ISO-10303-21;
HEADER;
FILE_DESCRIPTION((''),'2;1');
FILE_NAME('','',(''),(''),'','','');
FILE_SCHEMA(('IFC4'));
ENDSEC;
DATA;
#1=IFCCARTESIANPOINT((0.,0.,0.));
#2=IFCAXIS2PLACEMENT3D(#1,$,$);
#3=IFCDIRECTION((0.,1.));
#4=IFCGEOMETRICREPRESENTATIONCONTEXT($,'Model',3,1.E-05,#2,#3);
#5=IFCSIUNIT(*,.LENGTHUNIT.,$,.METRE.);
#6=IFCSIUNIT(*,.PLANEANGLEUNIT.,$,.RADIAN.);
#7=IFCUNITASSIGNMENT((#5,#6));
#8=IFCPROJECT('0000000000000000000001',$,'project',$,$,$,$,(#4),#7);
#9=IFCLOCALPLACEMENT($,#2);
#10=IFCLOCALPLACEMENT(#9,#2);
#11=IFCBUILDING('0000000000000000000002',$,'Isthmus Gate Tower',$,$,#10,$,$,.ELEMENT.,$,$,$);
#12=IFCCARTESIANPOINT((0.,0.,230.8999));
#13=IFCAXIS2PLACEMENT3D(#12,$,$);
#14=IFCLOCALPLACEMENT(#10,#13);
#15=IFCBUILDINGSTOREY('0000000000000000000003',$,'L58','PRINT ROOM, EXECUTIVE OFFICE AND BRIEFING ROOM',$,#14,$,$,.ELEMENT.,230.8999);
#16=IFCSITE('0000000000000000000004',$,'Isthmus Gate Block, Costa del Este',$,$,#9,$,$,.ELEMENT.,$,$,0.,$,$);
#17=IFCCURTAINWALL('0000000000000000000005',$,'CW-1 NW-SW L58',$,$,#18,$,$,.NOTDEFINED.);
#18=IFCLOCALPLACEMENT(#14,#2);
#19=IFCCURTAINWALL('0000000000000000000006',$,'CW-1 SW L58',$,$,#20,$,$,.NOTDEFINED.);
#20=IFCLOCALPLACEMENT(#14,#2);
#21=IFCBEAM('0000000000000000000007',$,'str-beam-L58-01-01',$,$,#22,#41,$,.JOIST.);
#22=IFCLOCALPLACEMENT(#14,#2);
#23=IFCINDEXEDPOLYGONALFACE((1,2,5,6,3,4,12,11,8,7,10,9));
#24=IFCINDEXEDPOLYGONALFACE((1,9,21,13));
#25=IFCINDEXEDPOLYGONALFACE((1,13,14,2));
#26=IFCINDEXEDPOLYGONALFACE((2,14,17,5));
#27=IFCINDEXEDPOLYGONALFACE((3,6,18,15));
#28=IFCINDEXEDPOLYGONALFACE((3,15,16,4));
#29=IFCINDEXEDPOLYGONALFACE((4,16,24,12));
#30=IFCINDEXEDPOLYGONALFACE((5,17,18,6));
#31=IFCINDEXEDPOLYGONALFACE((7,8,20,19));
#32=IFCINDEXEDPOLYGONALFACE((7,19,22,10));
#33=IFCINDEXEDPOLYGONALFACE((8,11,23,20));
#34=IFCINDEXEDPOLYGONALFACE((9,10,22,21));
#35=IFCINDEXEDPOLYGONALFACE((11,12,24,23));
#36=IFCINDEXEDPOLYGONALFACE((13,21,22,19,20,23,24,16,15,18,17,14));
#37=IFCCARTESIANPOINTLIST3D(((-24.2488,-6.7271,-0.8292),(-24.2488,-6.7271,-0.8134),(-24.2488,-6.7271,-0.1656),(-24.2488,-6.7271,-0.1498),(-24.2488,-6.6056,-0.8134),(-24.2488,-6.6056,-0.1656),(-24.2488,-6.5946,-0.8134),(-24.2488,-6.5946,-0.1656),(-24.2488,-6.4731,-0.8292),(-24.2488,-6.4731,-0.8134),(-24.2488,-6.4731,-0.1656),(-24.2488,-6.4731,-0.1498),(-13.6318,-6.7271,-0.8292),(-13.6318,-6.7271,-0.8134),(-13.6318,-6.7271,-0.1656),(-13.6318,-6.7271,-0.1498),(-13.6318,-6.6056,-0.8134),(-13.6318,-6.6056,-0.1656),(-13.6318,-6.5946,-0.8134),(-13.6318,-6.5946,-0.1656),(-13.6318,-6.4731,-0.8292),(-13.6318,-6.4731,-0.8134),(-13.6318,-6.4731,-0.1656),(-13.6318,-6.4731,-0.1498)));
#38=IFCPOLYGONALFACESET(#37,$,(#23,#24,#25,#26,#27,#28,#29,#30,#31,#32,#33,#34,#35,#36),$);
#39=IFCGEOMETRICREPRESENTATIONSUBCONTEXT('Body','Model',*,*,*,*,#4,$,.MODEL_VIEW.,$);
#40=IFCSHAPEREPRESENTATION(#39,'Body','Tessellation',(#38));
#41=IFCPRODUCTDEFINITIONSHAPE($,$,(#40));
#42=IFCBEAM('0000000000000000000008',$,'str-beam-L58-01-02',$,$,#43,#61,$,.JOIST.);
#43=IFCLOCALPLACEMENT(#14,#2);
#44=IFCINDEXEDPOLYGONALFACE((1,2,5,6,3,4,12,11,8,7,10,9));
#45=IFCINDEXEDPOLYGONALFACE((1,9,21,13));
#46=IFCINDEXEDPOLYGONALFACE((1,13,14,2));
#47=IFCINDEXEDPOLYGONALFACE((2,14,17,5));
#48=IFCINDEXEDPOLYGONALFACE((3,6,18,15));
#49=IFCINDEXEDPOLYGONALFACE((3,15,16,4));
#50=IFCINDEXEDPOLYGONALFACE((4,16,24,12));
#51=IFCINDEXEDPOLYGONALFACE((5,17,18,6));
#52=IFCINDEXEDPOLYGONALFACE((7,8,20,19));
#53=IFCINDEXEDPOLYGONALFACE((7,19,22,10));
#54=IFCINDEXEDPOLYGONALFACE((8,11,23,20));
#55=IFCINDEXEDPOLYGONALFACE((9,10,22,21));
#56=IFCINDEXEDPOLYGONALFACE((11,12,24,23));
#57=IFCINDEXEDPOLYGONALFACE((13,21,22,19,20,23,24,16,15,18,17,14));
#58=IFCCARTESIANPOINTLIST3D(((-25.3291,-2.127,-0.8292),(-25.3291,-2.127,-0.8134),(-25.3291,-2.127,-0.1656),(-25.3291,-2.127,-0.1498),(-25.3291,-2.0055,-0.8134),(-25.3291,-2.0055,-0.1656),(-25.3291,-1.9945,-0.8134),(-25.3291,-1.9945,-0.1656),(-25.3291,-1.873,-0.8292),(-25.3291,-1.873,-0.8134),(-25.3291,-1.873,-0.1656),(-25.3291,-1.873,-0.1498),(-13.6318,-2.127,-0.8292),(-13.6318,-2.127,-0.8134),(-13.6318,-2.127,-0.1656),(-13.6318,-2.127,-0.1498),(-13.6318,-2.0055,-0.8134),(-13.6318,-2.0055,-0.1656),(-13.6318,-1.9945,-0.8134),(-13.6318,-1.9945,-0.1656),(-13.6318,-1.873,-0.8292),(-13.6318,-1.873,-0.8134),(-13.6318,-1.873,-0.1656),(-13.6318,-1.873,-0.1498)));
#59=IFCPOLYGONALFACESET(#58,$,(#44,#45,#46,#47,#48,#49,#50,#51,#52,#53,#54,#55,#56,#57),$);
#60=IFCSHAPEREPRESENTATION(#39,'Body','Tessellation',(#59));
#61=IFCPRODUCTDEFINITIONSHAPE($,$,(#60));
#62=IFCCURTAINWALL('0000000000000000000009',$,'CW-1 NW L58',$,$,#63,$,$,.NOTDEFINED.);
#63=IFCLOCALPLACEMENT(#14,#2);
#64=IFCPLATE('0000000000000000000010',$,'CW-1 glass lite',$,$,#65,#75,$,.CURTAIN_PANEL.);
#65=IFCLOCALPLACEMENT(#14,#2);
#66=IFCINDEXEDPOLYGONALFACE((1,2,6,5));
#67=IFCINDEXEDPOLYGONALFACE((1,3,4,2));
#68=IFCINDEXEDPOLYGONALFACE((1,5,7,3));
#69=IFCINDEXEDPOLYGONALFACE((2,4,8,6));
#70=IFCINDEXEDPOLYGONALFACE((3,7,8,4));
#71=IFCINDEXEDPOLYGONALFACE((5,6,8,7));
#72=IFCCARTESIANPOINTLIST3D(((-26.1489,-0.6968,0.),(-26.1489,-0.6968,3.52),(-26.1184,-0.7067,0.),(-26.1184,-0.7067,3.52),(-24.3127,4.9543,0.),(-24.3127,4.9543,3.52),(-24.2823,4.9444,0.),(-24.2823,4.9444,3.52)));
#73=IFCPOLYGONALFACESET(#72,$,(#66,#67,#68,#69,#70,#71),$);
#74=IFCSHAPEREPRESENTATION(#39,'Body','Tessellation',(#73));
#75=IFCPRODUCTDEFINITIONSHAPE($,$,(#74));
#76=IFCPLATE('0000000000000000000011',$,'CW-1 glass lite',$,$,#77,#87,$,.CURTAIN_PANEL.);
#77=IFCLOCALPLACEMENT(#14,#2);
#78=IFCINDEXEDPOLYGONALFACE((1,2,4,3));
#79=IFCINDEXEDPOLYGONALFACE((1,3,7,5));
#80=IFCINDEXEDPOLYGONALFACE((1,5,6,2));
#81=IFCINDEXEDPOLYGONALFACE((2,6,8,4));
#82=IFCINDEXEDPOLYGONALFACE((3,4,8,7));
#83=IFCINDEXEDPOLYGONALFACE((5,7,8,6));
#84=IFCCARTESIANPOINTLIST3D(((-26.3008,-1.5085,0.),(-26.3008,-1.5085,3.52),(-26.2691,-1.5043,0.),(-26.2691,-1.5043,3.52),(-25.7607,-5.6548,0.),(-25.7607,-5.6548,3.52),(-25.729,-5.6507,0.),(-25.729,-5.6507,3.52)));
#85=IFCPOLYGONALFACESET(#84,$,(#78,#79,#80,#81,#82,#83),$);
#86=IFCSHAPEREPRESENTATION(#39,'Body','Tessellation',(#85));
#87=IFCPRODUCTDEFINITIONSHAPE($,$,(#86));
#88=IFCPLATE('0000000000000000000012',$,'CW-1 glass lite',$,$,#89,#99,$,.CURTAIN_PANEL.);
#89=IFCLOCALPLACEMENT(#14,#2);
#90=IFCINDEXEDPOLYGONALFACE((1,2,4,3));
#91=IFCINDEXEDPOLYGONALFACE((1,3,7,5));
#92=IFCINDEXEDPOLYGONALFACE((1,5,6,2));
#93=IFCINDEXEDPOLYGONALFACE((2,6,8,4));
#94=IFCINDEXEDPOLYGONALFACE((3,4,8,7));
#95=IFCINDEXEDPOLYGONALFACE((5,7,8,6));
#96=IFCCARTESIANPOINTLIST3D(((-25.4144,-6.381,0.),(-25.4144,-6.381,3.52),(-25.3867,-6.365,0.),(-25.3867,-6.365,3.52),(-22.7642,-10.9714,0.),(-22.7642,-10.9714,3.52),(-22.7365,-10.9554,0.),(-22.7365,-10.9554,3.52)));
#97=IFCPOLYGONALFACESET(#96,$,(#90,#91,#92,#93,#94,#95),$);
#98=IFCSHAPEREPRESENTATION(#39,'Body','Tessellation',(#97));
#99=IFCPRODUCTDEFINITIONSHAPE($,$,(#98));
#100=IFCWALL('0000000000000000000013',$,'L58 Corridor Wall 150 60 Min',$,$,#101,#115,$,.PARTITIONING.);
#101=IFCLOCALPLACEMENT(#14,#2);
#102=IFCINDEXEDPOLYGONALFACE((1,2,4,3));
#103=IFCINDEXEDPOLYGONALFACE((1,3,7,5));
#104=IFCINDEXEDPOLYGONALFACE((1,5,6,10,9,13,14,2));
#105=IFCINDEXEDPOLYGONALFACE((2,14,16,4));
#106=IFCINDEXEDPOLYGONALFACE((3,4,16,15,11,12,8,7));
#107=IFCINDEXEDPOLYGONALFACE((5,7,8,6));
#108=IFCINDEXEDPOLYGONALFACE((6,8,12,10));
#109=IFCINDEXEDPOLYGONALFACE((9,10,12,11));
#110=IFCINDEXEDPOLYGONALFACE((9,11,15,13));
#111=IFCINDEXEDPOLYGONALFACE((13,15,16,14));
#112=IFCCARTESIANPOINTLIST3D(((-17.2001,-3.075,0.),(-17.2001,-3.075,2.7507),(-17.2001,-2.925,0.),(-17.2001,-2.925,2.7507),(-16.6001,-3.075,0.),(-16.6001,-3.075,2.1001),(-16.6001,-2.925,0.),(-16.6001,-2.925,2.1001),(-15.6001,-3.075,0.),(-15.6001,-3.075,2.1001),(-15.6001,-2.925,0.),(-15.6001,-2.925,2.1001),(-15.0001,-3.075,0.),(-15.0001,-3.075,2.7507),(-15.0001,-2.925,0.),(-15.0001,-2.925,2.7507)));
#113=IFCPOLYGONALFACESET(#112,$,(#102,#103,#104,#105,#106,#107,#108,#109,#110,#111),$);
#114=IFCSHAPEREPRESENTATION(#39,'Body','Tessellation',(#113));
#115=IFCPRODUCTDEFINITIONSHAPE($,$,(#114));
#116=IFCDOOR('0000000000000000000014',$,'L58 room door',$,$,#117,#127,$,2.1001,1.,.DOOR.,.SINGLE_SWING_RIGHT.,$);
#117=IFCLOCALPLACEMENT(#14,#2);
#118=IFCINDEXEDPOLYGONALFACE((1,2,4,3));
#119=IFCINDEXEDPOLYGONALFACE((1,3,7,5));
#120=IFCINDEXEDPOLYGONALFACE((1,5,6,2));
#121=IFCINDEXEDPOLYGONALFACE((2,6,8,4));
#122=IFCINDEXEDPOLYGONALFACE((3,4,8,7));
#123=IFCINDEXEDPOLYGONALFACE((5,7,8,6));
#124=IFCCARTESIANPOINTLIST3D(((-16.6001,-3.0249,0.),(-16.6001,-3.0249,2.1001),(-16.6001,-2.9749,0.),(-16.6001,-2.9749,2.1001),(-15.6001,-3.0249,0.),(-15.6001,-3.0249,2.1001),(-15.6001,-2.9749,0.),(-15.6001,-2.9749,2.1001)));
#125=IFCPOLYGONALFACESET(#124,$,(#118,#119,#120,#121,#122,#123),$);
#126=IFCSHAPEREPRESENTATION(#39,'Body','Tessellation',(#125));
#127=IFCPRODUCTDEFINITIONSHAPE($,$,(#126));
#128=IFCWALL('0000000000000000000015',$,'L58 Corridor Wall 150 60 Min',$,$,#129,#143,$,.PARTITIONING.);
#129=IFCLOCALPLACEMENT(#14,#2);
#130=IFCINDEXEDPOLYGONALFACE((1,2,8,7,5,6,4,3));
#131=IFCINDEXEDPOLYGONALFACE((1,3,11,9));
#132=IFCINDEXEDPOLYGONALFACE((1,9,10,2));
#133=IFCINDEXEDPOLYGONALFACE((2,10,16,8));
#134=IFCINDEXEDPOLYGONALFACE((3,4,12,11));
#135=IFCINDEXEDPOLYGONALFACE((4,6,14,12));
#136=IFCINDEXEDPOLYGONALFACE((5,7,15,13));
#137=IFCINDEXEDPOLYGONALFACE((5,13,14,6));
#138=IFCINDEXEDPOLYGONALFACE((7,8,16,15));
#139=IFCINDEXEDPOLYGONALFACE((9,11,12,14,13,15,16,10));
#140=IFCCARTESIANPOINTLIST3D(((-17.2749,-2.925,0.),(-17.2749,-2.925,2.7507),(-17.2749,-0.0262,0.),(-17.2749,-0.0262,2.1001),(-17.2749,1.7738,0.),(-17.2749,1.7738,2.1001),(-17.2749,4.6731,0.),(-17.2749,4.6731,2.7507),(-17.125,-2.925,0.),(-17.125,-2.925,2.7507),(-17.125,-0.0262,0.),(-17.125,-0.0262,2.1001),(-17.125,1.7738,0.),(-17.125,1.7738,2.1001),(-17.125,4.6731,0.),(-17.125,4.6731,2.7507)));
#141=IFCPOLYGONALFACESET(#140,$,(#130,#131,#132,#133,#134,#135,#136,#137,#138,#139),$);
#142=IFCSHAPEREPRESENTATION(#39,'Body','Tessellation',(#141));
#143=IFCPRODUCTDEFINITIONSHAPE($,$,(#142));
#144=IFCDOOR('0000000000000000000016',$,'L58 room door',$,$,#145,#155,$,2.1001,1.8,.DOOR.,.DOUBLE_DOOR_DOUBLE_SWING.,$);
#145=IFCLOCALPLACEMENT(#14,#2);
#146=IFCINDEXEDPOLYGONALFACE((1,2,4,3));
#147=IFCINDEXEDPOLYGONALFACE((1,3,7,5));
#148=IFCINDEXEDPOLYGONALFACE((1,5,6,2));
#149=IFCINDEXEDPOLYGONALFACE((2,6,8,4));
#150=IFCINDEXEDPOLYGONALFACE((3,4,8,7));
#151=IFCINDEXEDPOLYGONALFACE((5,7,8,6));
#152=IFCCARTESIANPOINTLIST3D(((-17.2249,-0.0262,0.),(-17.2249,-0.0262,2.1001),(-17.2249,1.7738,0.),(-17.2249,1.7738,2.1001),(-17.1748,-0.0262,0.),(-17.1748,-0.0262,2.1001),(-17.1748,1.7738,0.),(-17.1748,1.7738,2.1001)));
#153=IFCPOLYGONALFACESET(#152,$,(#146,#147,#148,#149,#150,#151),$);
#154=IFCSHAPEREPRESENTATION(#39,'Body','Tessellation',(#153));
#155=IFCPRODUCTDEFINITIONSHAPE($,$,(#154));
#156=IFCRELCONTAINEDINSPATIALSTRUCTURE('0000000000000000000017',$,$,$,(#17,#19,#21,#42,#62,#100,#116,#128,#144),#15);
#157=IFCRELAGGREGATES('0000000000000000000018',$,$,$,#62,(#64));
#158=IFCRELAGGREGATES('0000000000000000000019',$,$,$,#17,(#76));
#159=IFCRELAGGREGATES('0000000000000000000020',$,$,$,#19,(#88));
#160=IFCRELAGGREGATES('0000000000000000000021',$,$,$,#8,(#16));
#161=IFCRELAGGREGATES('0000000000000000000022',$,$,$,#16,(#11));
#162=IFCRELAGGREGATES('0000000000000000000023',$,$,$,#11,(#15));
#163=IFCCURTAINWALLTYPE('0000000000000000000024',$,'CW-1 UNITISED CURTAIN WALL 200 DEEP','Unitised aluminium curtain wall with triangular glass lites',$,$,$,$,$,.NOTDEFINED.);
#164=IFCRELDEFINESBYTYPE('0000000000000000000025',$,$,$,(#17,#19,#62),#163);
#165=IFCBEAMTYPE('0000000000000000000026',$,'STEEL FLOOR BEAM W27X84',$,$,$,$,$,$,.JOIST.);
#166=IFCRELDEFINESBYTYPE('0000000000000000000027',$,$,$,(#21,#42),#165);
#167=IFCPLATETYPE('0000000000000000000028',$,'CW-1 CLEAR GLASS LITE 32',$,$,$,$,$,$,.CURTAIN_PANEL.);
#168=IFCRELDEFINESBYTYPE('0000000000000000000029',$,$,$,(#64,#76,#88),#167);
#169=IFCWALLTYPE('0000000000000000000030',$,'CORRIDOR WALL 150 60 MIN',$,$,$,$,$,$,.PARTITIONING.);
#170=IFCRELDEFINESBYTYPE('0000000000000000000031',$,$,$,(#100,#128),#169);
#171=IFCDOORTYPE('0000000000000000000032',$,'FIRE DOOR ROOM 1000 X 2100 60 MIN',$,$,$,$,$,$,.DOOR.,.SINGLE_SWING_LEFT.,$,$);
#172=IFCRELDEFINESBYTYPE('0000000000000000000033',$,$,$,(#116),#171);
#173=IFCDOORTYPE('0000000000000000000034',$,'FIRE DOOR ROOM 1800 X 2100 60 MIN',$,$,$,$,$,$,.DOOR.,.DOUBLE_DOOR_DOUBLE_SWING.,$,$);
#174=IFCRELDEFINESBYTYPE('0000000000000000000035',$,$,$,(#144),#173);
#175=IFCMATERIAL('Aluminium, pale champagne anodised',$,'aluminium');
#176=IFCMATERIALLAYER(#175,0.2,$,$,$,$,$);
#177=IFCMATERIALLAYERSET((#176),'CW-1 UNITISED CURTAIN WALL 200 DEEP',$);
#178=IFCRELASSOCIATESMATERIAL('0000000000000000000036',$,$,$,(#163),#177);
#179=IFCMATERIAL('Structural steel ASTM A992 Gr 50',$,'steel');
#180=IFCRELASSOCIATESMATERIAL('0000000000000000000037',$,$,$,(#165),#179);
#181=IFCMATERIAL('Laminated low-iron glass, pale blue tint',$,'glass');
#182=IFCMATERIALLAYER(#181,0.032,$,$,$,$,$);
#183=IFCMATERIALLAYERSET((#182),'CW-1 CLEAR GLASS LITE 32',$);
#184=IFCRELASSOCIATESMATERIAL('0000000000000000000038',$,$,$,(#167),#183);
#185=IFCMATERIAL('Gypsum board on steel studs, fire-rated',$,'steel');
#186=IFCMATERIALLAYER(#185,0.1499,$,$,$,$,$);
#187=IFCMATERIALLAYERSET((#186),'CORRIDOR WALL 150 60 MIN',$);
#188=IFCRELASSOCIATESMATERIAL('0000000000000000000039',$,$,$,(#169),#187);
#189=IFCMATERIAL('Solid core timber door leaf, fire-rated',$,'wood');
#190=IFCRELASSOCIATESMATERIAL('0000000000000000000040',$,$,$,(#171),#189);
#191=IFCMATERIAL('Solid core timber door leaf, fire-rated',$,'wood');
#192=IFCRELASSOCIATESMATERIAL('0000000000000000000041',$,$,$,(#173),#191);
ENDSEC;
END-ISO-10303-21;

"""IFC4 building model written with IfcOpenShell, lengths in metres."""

from ifc_helpers import new_model, si_unit, direction, frame, frame_2d, origin, origin_2d, place, context, subcontext, project, spatial, rectangle, i_section, extrude, material, layer, layer_set, material_profile, profile_set, type_object, element, fill, aggregate, save


model = new_model("IFC4")

# Units and contexts
model_context = context("Model", 3, precision=1e-05, world=origin(), true_north=direction((0.0, 1.0)))
body_context = subcontext(model_context, "Body", "Model", "MODEL_VIEW")
ifc_project = project(units=[si_unit("LENGTHUNIT", "METRE"), si_unit("PLANEANGLEUNIT", "RADIAN")], contexts=[model_context])

# Site, building, storey
site_placement = place(None, origin())
site = spatial("IfcSite", under=ifc_project, at=site_placement, Name="Isthmus Gate Block, Costa del Este", CompositionType="ELEMENT", RefElevation=0.0)
building_placement = place(site_placement, origin())
building = spatial("IfcBuilding", under=site, at=building_placement, Name="Isthmus Gate Tower", CompositionType="ELEMENT")
storey_placement = place(building_placement, frame((0.0, 0.0, 230.8999)))
storey = spatial("IfcBuildingStorey", under=building, at=storey_placement, Name="L58", Description="PRINT ROOM, EXECUTIVE OFFICE AND BRIEFING ROOM", CompositionType="ELEMENT", Elevation=230.8999)

# Curtain walls
ifc_material_1 = material(Name="Aluminium, pale champagne anodised", Category="aluminium")
ifc_layer_1 = layer(ifc_material_1, 0.2)
ifc_layer_set_1 = layer_set([ifc_layer_1], Name="CW-1 UNITISED CURTAIN WALL 200 DEEP")
curtain_wall_type = type_object("IfcCurtainWallType", Name="CW-1 UNITISED CURTAIN WALL 200 DEEP", Description="Unitised aluminium curtain wall with triangular glass lites", PredefinedType="NOTDEFINED", material=ifc_layer_set_1)
curtain_wall_1_placement = place(storey_placement, origin())
curtain_wall_1 = element("IfcCurtainWall", 1, at=curtain_wall_1_placement, inside=storey, type_object=curtain_wall_type, Name="CW-1 NW-SW L58", PredefinedType="NOTDEFINED")
curtain_wall_2_placement = place(storey_placement, origin())
curtain_wall_2 = element("IfcCurtainWall", 2, at=curtain_wall_2_placement, inside=storey, type_object=curtain_wall_type, Name="CW-1 SW L58", PredefinedType="NOTDEFINED")

# Beams
ifc_material_2 = material(Name="Structural steel ASTM A992 Gr 50", Category="steel")
ifc_material_profile_1 = material_profile(ifc_material_2, i_section(OverallWidth=0.2539, OverallDepth=0.6794, WebThickness=0.011, FlangeThickness=0.0159, at=origin_2d()), Name="W27X84")
ifc_profile_set_1 = profile_set([ifc_material_profile_1], Name="Structural steel ASTM A992 Gr 50")
beam_type_1 = type_object("IfcBeamType", Name="STEEL FLOOR BEAM W27X84", PredefinedType="JOIST", material=ifc_profile_set_1)
beam_1_placement = place(storey_placement, frame((-24.2488, -6.6001, -0.4895), z_axis=(1.0, 0.0, 0.0), x_axis=(0.0, 1.0, 0.0)))
element("IfcBeam", 3, at=beam_1_placement, inside=storey, type_object=beam_type_1, Name="str-beam-L58-01-01", PredefinedType="JOIST", context=body_context, shape_type="SweptSolid", body=[
    extrude(i_section(OverallWidth=0.2539, OverallDepth=0.6794, WebThickness=0.011, FlangeThickness=0.0159, at=origin_2d()), origin(), (0.0, 0.0, 1.0), 10.6169),
])
beam_2_placement = place(storey_placement, frame((-25.3291, -2.0, -0.4895), z_axis=(1.0, 0.0, 0.0), x_axis=(0.0, 1.0, 0.0)))
element("IfcBeam", 4, at=beam_2_placement, inside=storey, type_object=beam_type_1, Name="str-beam-L58-01-02", PredefinedType="JOIST", context=body_context, shape_type="SweptSolid", body=[
    extrude(i_section(OverallWidth=0.2539, OverallDepth=0.6794, WebThickness=0.011, FlangeThickness=0.0159, at=origin_2d()), origin(), (0.0, 0.0, 1.0), 11.6973),
])

# Curtain wall, plate
curtain_wall_3_placement = place(storey_placement, origin())
curtain_wall_3 = element("IfcCurtainWall", 5, at=curtain_wall_3_placement, inside=storey, type_object=curtain_wall_type, Name="CW-1 NW L58", PredefinedType="NOTDEFINED")
ifc_material_3 = material(Name="Laminated low-iron glass, pale blue tint", Category="glass")
ifc_layer_2 = layer(ifc_material_3, 0.032)
ifc_layer_set_2 = layer_set([ifc_layer_2], Name="CW-1 CLEAR GLASS LITE 32")
plate_type = type_object("IfcPlateType", Name="CW-1 CLEAR GLASS LITE 32", PredefinedType="CURTAIN_PANEL", material=ifc_layer_set_2)
plate_1_placement = place(storey_placement, frame((-25.2156, 2.1238, 0.0), z_axis=(0.0, 0.0, 1.0), x_axis=(-0.309017, -0.951057, 0.0)))
plate_1 = element("IfcPlate", 6, at=plate_1_placement, type_object=plate_type, Name="CW-1 glass lite", PredefinedType="CURTAIN_PANEL", context=body_context, shape_type="SweptSolid", body=[
    extrude(rectangle(XDim=5.9419, YDim=0.032, at=origin_2d()), origin(), (0.0, 0.0, 1.0), 3.52),
])
aggregate(curtain_wall_3, [plate_1])

# Plates
plate_2_placement = place(storey_placement, frame((-26.0149, -3.5796, 0.0), z_axis=(0.0, 0.0, 1.0), x_axis=(0.129165, -0.991623, 0.0)))
plate_2 = element("IfcPlate", 7, at=plate_2_placement, type_object=plate_type, Name="CW-1 glass lite", PredefinedType="CURTAIN_PANEL", context=body_context, shape_type="SweptSolid", body=[
    extrude(rectangle(XDim=4.1814, YDim=0.032, at=origin_2d()), origin(), (0.0, 0.0, 1.0), 3.52),
])
aggregate(curtain_wall_1, [plate_2])
plate_3_placement = place(storey_placement, frame((-24.0754, -8.6682, 0.0), z_axis=(0.0, 0.0, 1.0), x_axis=(0.5, -0.866025, 0.0)))
plate_3 = element("IfcPlate", 8, at=plate_3_placement, type_object=plate_type, Name="CW-1 glass lite", PredefinedType="CURTAIN_PANEL", context=body_context, shape_type="SweptSolid", body=[
    extrude(rectangle(XDim=5.3005, YDim=0.032, at=origin_2d()), origin(), (0.0, 0.0, 1.0), 3.52),
])
aggregate(curtain_wall_2, [plate_3])

# Walls, openings, doors
ifc_material_4 = material(Name="Gypsum board on steel studs, fire-rated", Category="steel")
ifc_layer_3 = layer(ifc_material_4, 0.1499)
ifc_layer_set_3 = layer_set([ifc_layer_3], Name="CORRIDOR WALL 150 60 MIN")
wall_type_1 = type_object("IfcWallType", Name="CORRIDOR WALL 150 60 MIN", PredefinedType="PARTITIONING", material=ifc_layer_set_3)
wall_1_placement = place(storey_placement, frame((-15.0, -3.0, 0.0), z_axis=(0.0, 0.0, 1.0), x_axis=(-1.0, 0.0, 0.0)))
wall_1 = element("IfcWall", 9, at=wall_1_placement, inside=storey, type_object=wall_type_1, Name="L58 Corridor Wall 150 60 Min", PredefinedType="PARTITIONING", context=body_context, shape_type="SweptSolid", body=[
    extrude(rectangle(XDim=2.2, YDim=0.1499, at=frame_2d((1.1001, 0.0))), origin(), (0.0, 0.0, 1.0), 2.7507),
])
opening_1_placement = place(wall_1_placement, frame((0.6001, 0.0, 0.0)))
opening_1 = element("IfcOpeningElement", 10, at=opening_1_placement, cuts=wall_1, PredefinedType="OPENING", context=body_context, shape_type="SweptSolid", body=[
    extrude(rectangle(XDim=1.0, YDim=2.1001, at=frame_2d((0.5, 1.05))), frame((0.0, 0.085, 0.0), z_axis=(0.0, -1.0, 0.0), x_axis=(1.0, 0.0, 0.0)), (0.0, 0.0, 1.0), 0.1699),
])
ifc_material_5 = material(Name="Solid core timber door leaf, fire-rated", Category="wood")
door_type_1 = type_object("IfcDoorType", Name="FIRE DOOR ROOM 1000 X 2100 60 MIN", OperationType="SINGLE_SWING_LEFT", PredefinedType="DOOR", material=ifc_material_5)
door_1_placement = place(opening_1_placement, origin())
door_1 = element("IfcDoor", 11, at=door_1_placement, inside=storey, type_object=door_type_1, Name="L58 room door", OperationType="SINGLE_SWING_RIGHT", OverallHeight=2.1001, OverallWidth=1.0, PredefinedType="DOOR", context=body_context, shape_type="SweptSolid", body=[
    extrude(rectangle(XDim=1.0, YDim=2.1001, at=frame_2d((0.5, 1.05))), frame((0.0, 0.0249, 0.0), z_axis=(0.0, -1.0, 0.0), x_axis=(1.0, 0.0, 0.0)), (0.0, 0.0, 1.0), 0.05),
])
fill(opening_1, door_1)
wall_2_placement = place(storey_placement, frame((-17.2, -2.925, 0.0), z_axis=(0.0, 0.0, 1.0), x_axis=(0.0, 1.0, 0.0)))
wall_2 = element("IfcWall", 12, at=wall_2_placement, inside=storey, type_object=wall_type_1, Name="L58 Corridor Wall 150 60 Min", PredefinedType="PARTITIONING", context=body_context, shape_type="SweptSolid", body=[
    extrude(rectangle(XDim=7.5981, YDim=0.1499, at=frame_2d((3.7991, 0.0))), origin(), (0.0, 0.0, 1.0), 2.7507),
])
opening_2_placement = place(wall_2_placement, frame((2.8989, 0.0, 0.0)))
opening_2 = element("IfcOpeningElement", 13, at=opening_2_placement, cuts=wall_2, PredefinedType="OPENING", context=body_context, shape_type="SweptSolid", body=[
    extrude(rectangle(XDim=1.8, YDim=2.1001, at=frame_2d((0.8999, 1.05))), frame((0.0, 0.085, 0.0), z_axis=(0.0, -1.0, 0.0), x_axis=(1.0, 0.0, 0.0)), (0.0, 0.0, 1.0), 0.1699),
])
ifc_material_6 = material(Name="Solid core timber door leaf, fire-rated", Category="wood")
door_type_2 = type_object("IfcDoorType", Name="FIRE DOOR ROOM 1800 X 2100 60 MIN", OperationType="DOUBLE_DOOR_DOUBLE_SWING", PredefinedType="DOOR", material=ifc_material_6)
door_2_placement = place(opening_2_placement, origin())
door_2 = element("IfcDoor", 14, at=door_2_placement, inside=storey, type_object=door_type_2, Name="L58 room door", OperationType="DOUBLE_DOOR_DOUBLE_SWING", OverallHeight=2.1001, OverallWidth=1.8, PredefinedType="DOOR", context=body_context, shape_type="SweptSolid", body=[
    extrude(rectangle(XDim=1.8, YDim=2.1001, at=frame_2d((0.8999, 1.05))), frame((0.0, 0.0249, 0.0), z_axis=(0.0, -1.0, 0.0), x_axis=(1.0, 0.0, 0.0)), (0.0, 0.0, 1.0), 0.05),
])
fill(opening_2, door_2)

save(model, "model.ifc")
